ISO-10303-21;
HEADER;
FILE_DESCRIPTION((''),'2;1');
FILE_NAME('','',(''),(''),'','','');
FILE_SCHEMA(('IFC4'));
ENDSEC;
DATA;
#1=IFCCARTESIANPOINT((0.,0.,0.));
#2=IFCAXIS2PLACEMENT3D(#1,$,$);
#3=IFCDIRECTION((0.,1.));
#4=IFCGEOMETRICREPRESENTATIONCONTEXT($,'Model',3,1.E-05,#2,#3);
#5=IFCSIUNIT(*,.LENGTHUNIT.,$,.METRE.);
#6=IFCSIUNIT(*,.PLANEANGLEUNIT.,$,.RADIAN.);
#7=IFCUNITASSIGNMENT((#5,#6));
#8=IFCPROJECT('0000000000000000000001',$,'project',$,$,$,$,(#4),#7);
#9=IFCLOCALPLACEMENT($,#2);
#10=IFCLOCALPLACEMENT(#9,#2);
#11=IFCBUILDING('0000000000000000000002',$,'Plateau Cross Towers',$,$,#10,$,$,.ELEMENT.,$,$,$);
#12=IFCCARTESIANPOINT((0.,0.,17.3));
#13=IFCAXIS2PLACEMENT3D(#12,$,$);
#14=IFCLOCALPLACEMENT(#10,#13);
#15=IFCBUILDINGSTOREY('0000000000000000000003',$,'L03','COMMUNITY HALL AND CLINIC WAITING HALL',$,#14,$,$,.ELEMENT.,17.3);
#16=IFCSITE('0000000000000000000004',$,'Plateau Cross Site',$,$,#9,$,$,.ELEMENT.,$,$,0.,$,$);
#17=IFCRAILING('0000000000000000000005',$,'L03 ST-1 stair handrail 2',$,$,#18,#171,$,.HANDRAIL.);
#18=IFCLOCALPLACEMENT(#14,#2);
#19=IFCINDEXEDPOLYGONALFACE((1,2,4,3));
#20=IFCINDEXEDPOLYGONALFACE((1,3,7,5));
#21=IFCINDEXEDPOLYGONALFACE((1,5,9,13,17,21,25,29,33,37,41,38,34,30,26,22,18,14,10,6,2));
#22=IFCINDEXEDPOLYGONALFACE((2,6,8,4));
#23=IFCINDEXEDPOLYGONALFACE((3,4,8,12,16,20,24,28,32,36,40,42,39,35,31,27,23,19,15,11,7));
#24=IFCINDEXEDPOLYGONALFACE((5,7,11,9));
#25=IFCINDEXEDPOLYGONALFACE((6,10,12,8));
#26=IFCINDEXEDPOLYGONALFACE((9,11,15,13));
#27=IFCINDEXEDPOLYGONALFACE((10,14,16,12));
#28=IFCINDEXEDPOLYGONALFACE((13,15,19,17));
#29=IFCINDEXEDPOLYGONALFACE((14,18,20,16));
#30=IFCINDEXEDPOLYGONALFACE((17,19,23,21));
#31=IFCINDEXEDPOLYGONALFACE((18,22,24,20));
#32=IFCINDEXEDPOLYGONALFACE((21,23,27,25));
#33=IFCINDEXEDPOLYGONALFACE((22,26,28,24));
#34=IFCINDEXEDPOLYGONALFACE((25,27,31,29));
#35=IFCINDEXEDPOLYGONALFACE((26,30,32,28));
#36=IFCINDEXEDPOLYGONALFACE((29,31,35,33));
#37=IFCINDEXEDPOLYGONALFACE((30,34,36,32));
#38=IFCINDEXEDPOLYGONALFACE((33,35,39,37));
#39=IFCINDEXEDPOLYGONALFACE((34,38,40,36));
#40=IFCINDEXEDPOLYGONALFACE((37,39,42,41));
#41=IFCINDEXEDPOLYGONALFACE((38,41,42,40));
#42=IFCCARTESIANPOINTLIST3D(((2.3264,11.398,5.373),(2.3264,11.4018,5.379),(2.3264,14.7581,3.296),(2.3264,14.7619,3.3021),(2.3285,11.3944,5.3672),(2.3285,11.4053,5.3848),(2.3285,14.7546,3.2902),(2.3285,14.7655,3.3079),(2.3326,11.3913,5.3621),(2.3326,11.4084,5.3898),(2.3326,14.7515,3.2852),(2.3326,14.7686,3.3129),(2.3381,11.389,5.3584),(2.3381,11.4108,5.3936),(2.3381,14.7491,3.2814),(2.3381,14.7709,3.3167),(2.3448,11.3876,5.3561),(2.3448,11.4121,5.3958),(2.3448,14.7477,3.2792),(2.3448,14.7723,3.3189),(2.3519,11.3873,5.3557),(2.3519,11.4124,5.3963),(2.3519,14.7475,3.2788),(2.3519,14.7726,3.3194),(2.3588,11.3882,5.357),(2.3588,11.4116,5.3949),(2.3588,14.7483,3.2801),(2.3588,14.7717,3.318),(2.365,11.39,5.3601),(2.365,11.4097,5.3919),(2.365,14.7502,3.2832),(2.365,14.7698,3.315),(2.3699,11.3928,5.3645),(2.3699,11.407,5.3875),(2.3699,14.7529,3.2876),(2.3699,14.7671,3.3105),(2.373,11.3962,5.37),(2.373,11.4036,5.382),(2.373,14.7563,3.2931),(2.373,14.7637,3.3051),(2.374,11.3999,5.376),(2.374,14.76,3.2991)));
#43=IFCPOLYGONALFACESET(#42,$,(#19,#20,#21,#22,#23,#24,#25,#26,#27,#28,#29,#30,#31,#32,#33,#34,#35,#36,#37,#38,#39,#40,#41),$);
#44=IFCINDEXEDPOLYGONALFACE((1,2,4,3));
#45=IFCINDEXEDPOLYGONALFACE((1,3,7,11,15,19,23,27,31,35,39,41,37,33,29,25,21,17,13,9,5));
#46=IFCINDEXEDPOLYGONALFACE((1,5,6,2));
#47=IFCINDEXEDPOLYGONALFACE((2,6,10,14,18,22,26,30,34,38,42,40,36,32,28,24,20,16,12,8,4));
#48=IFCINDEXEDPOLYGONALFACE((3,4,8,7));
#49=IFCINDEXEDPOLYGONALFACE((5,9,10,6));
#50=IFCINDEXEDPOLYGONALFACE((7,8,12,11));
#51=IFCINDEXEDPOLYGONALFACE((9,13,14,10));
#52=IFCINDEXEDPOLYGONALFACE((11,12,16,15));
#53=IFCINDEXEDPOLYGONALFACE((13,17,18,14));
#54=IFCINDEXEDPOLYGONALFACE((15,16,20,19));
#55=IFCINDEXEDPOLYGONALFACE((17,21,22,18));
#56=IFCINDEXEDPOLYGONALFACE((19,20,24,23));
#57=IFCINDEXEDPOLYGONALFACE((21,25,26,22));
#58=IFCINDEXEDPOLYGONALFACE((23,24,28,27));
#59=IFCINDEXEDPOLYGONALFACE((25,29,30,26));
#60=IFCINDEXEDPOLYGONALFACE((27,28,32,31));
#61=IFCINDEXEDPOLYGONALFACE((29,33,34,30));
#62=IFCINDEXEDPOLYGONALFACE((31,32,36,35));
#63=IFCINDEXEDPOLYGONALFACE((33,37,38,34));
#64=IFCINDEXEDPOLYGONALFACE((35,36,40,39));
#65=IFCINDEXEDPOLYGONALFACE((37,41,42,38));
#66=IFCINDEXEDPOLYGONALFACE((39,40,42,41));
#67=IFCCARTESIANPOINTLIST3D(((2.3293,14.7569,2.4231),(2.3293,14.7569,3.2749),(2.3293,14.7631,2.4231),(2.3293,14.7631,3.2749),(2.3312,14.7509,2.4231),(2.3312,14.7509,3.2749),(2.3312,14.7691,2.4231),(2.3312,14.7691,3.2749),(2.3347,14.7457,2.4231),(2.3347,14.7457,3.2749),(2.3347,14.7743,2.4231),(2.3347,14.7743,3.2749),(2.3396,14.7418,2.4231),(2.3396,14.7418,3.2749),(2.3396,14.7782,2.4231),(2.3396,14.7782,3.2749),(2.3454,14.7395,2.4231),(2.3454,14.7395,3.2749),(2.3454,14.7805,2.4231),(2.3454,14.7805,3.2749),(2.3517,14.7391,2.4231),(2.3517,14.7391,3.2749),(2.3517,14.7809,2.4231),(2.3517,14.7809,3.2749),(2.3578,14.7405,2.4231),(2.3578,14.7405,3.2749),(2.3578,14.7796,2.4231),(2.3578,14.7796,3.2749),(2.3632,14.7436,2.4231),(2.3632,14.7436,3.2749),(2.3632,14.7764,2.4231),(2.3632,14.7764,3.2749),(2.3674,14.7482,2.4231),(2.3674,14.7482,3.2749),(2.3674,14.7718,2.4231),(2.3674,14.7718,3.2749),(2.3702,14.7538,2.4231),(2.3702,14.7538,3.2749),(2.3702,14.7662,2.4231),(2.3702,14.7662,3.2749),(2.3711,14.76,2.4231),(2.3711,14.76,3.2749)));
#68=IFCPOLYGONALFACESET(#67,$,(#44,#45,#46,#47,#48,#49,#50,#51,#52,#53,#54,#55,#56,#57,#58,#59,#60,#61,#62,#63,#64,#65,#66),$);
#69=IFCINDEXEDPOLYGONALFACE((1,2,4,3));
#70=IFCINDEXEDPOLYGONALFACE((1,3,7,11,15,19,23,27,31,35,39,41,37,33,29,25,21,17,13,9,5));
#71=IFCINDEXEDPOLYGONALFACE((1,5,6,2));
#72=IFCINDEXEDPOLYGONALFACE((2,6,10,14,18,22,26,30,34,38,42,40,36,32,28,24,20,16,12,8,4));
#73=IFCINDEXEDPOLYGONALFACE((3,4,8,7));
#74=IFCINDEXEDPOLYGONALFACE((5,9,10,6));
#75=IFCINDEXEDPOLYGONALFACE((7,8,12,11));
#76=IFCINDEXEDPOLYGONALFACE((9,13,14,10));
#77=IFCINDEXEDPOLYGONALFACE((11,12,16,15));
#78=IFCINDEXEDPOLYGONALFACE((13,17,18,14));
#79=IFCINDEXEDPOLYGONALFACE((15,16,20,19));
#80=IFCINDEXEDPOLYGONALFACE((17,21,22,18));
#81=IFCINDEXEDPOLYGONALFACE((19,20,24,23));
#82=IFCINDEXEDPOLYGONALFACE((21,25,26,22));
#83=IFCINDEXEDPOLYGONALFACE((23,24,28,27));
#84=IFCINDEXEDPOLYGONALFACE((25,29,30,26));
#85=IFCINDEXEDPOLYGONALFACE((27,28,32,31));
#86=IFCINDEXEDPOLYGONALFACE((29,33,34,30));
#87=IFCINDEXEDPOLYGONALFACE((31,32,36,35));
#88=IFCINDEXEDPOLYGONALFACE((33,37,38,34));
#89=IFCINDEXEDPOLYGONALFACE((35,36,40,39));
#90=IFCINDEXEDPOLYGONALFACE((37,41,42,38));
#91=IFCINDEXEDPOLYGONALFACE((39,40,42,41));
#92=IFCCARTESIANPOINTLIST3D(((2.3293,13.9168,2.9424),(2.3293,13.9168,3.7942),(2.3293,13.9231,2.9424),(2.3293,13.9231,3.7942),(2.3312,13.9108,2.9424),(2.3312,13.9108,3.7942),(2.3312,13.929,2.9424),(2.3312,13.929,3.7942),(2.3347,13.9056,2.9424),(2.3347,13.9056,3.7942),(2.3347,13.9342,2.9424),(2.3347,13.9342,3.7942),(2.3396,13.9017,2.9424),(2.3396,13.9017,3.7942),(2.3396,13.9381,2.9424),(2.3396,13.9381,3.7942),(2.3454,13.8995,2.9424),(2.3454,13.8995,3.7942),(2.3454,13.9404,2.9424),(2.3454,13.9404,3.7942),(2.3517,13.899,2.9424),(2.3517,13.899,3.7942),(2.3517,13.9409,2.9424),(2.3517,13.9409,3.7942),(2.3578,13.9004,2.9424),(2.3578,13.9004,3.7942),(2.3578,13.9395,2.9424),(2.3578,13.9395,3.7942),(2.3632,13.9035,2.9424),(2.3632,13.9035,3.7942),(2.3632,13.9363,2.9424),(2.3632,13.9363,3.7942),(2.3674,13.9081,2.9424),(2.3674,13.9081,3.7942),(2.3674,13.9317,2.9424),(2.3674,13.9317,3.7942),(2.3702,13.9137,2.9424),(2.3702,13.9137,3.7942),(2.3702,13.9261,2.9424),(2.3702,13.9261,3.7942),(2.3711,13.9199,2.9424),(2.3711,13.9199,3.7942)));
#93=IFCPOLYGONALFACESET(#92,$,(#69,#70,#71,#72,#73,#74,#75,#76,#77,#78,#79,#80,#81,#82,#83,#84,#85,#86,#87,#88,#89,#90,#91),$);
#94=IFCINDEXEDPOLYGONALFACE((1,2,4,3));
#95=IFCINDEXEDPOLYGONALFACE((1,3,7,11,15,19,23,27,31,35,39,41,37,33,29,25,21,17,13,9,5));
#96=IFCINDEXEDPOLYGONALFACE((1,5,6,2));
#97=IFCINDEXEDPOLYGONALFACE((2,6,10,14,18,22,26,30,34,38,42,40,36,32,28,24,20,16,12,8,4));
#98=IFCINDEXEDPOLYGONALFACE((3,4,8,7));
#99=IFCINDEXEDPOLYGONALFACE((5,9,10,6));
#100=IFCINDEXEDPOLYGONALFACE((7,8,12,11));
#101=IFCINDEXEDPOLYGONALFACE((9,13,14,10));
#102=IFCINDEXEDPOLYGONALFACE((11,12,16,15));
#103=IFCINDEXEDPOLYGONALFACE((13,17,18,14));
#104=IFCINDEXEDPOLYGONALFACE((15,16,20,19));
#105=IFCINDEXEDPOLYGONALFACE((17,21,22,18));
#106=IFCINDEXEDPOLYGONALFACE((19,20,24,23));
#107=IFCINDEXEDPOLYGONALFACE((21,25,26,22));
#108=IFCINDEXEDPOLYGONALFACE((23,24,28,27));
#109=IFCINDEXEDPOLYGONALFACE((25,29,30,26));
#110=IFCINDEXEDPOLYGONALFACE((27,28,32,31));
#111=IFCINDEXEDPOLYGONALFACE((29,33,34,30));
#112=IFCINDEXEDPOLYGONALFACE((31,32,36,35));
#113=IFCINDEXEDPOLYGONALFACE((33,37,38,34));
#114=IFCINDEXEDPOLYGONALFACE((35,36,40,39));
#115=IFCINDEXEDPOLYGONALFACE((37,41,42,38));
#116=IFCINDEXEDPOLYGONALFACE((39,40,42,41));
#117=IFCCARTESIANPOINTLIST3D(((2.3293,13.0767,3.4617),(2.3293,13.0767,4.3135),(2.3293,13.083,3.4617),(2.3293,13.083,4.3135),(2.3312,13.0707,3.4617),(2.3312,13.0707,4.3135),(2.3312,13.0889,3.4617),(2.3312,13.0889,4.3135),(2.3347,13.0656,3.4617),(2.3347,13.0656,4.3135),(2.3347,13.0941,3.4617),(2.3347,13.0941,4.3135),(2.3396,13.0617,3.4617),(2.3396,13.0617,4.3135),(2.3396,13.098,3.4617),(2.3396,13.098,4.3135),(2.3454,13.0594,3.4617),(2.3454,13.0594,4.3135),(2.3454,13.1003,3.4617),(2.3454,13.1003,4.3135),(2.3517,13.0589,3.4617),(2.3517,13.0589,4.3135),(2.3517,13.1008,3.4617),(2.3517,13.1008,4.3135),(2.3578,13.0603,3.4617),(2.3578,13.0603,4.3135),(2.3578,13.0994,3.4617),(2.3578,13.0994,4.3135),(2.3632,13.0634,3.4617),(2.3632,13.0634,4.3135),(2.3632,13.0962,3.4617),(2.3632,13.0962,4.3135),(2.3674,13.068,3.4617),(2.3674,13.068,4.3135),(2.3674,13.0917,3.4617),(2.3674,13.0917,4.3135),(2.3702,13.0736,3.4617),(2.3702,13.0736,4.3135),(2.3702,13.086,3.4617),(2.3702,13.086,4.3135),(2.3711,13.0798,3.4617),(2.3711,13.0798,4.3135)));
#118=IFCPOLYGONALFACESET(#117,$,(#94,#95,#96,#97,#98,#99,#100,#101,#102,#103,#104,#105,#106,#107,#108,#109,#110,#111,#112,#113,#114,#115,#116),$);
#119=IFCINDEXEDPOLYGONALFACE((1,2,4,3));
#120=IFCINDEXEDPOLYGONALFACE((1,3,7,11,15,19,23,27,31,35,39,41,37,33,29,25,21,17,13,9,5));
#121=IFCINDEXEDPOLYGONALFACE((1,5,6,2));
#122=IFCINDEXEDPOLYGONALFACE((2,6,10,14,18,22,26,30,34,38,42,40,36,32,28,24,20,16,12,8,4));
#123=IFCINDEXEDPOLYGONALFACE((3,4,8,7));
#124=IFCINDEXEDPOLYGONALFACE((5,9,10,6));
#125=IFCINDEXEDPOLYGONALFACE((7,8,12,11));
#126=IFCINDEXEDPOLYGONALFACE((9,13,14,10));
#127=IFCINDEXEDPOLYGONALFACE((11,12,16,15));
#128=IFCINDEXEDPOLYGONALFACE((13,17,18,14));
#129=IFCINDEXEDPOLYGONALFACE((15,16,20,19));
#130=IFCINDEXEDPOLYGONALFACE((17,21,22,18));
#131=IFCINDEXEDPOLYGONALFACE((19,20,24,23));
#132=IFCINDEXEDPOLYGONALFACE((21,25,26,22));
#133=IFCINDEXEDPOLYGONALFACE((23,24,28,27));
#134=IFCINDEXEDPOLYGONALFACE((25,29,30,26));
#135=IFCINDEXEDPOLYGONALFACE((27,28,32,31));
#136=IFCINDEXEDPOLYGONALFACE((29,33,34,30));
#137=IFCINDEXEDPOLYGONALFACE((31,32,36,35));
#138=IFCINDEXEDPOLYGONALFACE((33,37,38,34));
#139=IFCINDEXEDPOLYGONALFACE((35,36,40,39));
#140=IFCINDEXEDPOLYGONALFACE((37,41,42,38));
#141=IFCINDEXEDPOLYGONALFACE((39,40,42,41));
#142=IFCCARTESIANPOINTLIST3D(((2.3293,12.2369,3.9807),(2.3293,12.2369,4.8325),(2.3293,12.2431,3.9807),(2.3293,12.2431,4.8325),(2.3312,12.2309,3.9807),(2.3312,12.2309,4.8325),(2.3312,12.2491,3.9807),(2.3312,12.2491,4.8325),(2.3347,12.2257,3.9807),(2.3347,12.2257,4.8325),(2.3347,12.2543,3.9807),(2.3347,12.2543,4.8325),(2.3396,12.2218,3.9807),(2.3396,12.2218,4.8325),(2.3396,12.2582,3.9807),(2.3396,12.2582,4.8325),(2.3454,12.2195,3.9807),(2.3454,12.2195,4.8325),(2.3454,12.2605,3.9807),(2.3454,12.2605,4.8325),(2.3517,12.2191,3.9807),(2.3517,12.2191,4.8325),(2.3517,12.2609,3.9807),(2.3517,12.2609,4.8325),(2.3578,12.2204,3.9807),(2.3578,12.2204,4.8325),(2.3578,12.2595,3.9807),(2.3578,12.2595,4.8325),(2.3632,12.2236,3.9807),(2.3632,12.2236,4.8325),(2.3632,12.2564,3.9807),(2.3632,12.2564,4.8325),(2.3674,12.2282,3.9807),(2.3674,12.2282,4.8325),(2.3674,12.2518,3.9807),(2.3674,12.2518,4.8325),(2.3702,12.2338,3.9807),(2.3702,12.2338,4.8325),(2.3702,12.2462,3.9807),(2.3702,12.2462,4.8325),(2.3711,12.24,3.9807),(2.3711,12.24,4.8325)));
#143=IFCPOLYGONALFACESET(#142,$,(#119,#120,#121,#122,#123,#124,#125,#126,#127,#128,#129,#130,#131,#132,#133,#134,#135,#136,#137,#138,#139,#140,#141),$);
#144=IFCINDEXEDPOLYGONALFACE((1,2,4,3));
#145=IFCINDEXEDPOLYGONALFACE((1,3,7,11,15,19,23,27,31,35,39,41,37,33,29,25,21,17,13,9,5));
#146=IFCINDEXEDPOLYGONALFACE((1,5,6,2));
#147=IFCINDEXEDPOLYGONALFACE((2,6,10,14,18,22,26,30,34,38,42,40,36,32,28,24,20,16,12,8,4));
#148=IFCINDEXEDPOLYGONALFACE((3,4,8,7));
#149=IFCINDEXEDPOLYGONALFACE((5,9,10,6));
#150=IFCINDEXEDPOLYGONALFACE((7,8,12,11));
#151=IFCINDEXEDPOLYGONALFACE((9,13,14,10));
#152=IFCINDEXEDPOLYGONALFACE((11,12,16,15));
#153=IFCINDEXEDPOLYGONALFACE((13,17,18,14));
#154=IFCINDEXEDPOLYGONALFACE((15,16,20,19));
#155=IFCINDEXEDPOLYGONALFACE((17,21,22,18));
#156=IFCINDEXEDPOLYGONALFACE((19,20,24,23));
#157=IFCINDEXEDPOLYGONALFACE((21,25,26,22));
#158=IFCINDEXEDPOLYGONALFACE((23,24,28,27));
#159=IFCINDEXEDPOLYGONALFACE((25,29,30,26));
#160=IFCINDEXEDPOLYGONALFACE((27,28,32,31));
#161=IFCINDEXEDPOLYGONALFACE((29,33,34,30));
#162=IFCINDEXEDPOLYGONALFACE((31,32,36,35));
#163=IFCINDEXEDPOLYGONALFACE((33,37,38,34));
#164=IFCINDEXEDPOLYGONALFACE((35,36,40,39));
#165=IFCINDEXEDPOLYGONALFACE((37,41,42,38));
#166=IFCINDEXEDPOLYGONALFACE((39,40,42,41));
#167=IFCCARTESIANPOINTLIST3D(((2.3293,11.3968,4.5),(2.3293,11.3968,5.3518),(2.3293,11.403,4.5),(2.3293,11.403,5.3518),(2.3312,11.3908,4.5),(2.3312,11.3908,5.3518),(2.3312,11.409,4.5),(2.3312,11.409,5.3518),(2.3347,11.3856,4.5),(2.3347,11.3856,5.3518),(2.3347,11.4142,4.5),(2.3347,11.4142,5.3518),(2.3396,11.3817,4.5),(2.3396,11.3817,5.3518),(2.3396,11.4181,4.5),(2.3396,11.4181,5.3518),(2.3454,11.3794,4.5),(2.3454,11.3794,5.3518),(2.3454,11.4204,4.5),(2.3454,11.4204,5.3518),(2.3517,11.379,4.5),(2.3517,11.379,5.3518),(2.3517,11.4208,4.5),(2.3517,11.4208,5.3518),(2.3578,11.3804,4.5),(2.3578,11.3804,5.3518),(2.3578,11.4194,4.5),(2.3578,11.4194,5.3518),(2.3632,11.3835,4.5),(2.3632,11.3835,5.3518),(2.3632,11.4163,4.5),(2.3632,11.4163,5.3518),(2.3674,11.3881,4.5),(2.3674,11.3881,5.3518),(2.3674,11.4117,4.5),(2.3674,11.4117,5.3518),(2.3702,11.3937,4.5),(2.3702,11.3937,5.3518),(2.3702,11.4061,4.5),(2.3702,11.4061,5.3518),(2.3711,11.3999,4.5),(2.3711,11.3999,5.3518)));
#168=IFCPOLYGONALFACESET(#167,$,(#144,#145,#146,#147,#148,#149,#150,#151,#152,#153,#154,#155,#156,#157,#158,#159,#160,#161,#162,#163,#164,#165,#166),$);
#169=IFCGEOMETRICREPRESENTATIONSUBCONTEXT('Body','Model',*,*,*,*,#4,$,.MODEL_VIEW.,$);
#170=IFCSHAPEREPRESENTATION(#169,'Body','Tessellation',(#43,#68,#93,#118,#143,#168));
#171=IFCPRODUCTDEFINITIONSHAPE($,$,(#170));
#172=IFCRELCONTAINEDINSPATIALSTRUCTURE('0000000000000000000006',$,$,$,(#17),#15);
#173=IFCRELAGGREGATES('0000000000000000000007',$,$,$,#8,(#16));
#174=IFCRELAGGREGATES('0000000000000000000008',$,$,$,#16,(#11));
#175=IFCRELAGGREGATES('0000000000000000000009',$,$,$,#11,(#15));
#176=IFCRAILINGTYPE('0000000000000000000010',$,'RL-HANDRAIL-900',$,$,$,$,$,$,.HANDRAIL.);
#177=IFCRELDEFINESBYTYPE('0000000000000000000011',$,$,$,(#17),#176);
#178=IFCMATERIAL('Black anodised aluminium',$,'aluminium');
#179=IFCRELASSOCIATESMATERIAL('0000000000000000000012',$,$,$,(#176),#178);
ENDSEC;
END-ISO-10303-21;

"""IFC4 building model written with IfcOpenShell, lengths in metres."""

from ifc_helpers import new_model, si_unit, direction, frame, origin, origin_2d, place, context, subcontext, project, spatial, circle, extrude, material, type_object, element, save


model = new_model("IFC4")

# Units and contexts
model_context = context("Model", 3, precision=1e-05, world=origin(), true_north=direction((0.0, 1.0)))
body_context = subcontext(model_context, "Body", "Model", "MODEL_VIEW")
ifc_project = project(units=[si_unit("LENGTHUNIT", "METRE"), si_unit("PLANEANGLEUNIT", "RADIAN")], contexts=[model_context])

# Site, building, storey
site_placement = place(None, origin())
site = spatial("IfcSite", under=ifc_project, at=site_placement, Name="Plateau Cross Site", CompositionType="ELEMENT", RefElevation=0.0)
building_placement = place(site_placement, origin())
building = spatial("IfcBuilding", under=site, at=building_placement, Name="Plateau Cross Towers", CompositionType="ELEMENT")
storey_placement = place(building_placement, frame((0.0, 0.0, 17.3)))
storey = spatial("IfcBuildingStorey", under=building, at=storey_placement, Name="L03", Description="COMMUNITY HALL AND CLINIC WAITING HALL", CompositionType="ELEMENT", Elevation=17.3)

# Shared definitions
ifc_material_1 = material(Name="Black anodised aluminium", Category="aluminium")

# Railing
railing_type_1 = type_object("IfcRailingType", Name="RL-HANDRAIL-900", PredefinedType="HANDRAIL", material=ifc_material_1)
railing_1_placement = place(storey_placement, frame((2.3501, 14.76, 2.4231)))
element("IfcRailing", 1, at=railing_1_placement, inside=storey, type_object=railing_type_1, Name="L03 ST-1 stair handrail 2", PredefinedType="HANDRAIL", context=body_context, shape_type="SweptSolid", body=[
    extrude(circle(Radius=0.0239, at=origin_2d()), frame((0.0, 0.0, 0.876), z_axis=(0.0, -0.850623, 0.525776), x_axis=(1.0, 0.0, 0.0)), (0.0, 0.0, 1.0), 3.9502),
    extrude(circle(Radius=0.021, at=origin_2d()), origin(), (0.0, 0.0, 1.0), 0.8518),
    extrude(circle(Radius=0.021, at=origin_2d()), frame((0.0, -0.8401, 0.5193)), (0.0, 0.0, 1.0), 0.8518),
    extrude(circle(Radius=0.021, at=origin_2d()), frame((0.0, -1.6802, 1.0386)), (0.0, 0.0, 1.0), 0.8518),
    extrude(circle(Radius=0.021, at=origin_2d()), frame((0.0, -2.52, 1.5576)), (0.0, 0.0, 1.0), 0.8518),
    extrude(circle(Radius=0.021, at=origin_2d()), frame((0.0, -3.3601, 2.0769)), (0.0, 0.0, 1.0), 0.8518),
])

save(model, "model.ifc")
